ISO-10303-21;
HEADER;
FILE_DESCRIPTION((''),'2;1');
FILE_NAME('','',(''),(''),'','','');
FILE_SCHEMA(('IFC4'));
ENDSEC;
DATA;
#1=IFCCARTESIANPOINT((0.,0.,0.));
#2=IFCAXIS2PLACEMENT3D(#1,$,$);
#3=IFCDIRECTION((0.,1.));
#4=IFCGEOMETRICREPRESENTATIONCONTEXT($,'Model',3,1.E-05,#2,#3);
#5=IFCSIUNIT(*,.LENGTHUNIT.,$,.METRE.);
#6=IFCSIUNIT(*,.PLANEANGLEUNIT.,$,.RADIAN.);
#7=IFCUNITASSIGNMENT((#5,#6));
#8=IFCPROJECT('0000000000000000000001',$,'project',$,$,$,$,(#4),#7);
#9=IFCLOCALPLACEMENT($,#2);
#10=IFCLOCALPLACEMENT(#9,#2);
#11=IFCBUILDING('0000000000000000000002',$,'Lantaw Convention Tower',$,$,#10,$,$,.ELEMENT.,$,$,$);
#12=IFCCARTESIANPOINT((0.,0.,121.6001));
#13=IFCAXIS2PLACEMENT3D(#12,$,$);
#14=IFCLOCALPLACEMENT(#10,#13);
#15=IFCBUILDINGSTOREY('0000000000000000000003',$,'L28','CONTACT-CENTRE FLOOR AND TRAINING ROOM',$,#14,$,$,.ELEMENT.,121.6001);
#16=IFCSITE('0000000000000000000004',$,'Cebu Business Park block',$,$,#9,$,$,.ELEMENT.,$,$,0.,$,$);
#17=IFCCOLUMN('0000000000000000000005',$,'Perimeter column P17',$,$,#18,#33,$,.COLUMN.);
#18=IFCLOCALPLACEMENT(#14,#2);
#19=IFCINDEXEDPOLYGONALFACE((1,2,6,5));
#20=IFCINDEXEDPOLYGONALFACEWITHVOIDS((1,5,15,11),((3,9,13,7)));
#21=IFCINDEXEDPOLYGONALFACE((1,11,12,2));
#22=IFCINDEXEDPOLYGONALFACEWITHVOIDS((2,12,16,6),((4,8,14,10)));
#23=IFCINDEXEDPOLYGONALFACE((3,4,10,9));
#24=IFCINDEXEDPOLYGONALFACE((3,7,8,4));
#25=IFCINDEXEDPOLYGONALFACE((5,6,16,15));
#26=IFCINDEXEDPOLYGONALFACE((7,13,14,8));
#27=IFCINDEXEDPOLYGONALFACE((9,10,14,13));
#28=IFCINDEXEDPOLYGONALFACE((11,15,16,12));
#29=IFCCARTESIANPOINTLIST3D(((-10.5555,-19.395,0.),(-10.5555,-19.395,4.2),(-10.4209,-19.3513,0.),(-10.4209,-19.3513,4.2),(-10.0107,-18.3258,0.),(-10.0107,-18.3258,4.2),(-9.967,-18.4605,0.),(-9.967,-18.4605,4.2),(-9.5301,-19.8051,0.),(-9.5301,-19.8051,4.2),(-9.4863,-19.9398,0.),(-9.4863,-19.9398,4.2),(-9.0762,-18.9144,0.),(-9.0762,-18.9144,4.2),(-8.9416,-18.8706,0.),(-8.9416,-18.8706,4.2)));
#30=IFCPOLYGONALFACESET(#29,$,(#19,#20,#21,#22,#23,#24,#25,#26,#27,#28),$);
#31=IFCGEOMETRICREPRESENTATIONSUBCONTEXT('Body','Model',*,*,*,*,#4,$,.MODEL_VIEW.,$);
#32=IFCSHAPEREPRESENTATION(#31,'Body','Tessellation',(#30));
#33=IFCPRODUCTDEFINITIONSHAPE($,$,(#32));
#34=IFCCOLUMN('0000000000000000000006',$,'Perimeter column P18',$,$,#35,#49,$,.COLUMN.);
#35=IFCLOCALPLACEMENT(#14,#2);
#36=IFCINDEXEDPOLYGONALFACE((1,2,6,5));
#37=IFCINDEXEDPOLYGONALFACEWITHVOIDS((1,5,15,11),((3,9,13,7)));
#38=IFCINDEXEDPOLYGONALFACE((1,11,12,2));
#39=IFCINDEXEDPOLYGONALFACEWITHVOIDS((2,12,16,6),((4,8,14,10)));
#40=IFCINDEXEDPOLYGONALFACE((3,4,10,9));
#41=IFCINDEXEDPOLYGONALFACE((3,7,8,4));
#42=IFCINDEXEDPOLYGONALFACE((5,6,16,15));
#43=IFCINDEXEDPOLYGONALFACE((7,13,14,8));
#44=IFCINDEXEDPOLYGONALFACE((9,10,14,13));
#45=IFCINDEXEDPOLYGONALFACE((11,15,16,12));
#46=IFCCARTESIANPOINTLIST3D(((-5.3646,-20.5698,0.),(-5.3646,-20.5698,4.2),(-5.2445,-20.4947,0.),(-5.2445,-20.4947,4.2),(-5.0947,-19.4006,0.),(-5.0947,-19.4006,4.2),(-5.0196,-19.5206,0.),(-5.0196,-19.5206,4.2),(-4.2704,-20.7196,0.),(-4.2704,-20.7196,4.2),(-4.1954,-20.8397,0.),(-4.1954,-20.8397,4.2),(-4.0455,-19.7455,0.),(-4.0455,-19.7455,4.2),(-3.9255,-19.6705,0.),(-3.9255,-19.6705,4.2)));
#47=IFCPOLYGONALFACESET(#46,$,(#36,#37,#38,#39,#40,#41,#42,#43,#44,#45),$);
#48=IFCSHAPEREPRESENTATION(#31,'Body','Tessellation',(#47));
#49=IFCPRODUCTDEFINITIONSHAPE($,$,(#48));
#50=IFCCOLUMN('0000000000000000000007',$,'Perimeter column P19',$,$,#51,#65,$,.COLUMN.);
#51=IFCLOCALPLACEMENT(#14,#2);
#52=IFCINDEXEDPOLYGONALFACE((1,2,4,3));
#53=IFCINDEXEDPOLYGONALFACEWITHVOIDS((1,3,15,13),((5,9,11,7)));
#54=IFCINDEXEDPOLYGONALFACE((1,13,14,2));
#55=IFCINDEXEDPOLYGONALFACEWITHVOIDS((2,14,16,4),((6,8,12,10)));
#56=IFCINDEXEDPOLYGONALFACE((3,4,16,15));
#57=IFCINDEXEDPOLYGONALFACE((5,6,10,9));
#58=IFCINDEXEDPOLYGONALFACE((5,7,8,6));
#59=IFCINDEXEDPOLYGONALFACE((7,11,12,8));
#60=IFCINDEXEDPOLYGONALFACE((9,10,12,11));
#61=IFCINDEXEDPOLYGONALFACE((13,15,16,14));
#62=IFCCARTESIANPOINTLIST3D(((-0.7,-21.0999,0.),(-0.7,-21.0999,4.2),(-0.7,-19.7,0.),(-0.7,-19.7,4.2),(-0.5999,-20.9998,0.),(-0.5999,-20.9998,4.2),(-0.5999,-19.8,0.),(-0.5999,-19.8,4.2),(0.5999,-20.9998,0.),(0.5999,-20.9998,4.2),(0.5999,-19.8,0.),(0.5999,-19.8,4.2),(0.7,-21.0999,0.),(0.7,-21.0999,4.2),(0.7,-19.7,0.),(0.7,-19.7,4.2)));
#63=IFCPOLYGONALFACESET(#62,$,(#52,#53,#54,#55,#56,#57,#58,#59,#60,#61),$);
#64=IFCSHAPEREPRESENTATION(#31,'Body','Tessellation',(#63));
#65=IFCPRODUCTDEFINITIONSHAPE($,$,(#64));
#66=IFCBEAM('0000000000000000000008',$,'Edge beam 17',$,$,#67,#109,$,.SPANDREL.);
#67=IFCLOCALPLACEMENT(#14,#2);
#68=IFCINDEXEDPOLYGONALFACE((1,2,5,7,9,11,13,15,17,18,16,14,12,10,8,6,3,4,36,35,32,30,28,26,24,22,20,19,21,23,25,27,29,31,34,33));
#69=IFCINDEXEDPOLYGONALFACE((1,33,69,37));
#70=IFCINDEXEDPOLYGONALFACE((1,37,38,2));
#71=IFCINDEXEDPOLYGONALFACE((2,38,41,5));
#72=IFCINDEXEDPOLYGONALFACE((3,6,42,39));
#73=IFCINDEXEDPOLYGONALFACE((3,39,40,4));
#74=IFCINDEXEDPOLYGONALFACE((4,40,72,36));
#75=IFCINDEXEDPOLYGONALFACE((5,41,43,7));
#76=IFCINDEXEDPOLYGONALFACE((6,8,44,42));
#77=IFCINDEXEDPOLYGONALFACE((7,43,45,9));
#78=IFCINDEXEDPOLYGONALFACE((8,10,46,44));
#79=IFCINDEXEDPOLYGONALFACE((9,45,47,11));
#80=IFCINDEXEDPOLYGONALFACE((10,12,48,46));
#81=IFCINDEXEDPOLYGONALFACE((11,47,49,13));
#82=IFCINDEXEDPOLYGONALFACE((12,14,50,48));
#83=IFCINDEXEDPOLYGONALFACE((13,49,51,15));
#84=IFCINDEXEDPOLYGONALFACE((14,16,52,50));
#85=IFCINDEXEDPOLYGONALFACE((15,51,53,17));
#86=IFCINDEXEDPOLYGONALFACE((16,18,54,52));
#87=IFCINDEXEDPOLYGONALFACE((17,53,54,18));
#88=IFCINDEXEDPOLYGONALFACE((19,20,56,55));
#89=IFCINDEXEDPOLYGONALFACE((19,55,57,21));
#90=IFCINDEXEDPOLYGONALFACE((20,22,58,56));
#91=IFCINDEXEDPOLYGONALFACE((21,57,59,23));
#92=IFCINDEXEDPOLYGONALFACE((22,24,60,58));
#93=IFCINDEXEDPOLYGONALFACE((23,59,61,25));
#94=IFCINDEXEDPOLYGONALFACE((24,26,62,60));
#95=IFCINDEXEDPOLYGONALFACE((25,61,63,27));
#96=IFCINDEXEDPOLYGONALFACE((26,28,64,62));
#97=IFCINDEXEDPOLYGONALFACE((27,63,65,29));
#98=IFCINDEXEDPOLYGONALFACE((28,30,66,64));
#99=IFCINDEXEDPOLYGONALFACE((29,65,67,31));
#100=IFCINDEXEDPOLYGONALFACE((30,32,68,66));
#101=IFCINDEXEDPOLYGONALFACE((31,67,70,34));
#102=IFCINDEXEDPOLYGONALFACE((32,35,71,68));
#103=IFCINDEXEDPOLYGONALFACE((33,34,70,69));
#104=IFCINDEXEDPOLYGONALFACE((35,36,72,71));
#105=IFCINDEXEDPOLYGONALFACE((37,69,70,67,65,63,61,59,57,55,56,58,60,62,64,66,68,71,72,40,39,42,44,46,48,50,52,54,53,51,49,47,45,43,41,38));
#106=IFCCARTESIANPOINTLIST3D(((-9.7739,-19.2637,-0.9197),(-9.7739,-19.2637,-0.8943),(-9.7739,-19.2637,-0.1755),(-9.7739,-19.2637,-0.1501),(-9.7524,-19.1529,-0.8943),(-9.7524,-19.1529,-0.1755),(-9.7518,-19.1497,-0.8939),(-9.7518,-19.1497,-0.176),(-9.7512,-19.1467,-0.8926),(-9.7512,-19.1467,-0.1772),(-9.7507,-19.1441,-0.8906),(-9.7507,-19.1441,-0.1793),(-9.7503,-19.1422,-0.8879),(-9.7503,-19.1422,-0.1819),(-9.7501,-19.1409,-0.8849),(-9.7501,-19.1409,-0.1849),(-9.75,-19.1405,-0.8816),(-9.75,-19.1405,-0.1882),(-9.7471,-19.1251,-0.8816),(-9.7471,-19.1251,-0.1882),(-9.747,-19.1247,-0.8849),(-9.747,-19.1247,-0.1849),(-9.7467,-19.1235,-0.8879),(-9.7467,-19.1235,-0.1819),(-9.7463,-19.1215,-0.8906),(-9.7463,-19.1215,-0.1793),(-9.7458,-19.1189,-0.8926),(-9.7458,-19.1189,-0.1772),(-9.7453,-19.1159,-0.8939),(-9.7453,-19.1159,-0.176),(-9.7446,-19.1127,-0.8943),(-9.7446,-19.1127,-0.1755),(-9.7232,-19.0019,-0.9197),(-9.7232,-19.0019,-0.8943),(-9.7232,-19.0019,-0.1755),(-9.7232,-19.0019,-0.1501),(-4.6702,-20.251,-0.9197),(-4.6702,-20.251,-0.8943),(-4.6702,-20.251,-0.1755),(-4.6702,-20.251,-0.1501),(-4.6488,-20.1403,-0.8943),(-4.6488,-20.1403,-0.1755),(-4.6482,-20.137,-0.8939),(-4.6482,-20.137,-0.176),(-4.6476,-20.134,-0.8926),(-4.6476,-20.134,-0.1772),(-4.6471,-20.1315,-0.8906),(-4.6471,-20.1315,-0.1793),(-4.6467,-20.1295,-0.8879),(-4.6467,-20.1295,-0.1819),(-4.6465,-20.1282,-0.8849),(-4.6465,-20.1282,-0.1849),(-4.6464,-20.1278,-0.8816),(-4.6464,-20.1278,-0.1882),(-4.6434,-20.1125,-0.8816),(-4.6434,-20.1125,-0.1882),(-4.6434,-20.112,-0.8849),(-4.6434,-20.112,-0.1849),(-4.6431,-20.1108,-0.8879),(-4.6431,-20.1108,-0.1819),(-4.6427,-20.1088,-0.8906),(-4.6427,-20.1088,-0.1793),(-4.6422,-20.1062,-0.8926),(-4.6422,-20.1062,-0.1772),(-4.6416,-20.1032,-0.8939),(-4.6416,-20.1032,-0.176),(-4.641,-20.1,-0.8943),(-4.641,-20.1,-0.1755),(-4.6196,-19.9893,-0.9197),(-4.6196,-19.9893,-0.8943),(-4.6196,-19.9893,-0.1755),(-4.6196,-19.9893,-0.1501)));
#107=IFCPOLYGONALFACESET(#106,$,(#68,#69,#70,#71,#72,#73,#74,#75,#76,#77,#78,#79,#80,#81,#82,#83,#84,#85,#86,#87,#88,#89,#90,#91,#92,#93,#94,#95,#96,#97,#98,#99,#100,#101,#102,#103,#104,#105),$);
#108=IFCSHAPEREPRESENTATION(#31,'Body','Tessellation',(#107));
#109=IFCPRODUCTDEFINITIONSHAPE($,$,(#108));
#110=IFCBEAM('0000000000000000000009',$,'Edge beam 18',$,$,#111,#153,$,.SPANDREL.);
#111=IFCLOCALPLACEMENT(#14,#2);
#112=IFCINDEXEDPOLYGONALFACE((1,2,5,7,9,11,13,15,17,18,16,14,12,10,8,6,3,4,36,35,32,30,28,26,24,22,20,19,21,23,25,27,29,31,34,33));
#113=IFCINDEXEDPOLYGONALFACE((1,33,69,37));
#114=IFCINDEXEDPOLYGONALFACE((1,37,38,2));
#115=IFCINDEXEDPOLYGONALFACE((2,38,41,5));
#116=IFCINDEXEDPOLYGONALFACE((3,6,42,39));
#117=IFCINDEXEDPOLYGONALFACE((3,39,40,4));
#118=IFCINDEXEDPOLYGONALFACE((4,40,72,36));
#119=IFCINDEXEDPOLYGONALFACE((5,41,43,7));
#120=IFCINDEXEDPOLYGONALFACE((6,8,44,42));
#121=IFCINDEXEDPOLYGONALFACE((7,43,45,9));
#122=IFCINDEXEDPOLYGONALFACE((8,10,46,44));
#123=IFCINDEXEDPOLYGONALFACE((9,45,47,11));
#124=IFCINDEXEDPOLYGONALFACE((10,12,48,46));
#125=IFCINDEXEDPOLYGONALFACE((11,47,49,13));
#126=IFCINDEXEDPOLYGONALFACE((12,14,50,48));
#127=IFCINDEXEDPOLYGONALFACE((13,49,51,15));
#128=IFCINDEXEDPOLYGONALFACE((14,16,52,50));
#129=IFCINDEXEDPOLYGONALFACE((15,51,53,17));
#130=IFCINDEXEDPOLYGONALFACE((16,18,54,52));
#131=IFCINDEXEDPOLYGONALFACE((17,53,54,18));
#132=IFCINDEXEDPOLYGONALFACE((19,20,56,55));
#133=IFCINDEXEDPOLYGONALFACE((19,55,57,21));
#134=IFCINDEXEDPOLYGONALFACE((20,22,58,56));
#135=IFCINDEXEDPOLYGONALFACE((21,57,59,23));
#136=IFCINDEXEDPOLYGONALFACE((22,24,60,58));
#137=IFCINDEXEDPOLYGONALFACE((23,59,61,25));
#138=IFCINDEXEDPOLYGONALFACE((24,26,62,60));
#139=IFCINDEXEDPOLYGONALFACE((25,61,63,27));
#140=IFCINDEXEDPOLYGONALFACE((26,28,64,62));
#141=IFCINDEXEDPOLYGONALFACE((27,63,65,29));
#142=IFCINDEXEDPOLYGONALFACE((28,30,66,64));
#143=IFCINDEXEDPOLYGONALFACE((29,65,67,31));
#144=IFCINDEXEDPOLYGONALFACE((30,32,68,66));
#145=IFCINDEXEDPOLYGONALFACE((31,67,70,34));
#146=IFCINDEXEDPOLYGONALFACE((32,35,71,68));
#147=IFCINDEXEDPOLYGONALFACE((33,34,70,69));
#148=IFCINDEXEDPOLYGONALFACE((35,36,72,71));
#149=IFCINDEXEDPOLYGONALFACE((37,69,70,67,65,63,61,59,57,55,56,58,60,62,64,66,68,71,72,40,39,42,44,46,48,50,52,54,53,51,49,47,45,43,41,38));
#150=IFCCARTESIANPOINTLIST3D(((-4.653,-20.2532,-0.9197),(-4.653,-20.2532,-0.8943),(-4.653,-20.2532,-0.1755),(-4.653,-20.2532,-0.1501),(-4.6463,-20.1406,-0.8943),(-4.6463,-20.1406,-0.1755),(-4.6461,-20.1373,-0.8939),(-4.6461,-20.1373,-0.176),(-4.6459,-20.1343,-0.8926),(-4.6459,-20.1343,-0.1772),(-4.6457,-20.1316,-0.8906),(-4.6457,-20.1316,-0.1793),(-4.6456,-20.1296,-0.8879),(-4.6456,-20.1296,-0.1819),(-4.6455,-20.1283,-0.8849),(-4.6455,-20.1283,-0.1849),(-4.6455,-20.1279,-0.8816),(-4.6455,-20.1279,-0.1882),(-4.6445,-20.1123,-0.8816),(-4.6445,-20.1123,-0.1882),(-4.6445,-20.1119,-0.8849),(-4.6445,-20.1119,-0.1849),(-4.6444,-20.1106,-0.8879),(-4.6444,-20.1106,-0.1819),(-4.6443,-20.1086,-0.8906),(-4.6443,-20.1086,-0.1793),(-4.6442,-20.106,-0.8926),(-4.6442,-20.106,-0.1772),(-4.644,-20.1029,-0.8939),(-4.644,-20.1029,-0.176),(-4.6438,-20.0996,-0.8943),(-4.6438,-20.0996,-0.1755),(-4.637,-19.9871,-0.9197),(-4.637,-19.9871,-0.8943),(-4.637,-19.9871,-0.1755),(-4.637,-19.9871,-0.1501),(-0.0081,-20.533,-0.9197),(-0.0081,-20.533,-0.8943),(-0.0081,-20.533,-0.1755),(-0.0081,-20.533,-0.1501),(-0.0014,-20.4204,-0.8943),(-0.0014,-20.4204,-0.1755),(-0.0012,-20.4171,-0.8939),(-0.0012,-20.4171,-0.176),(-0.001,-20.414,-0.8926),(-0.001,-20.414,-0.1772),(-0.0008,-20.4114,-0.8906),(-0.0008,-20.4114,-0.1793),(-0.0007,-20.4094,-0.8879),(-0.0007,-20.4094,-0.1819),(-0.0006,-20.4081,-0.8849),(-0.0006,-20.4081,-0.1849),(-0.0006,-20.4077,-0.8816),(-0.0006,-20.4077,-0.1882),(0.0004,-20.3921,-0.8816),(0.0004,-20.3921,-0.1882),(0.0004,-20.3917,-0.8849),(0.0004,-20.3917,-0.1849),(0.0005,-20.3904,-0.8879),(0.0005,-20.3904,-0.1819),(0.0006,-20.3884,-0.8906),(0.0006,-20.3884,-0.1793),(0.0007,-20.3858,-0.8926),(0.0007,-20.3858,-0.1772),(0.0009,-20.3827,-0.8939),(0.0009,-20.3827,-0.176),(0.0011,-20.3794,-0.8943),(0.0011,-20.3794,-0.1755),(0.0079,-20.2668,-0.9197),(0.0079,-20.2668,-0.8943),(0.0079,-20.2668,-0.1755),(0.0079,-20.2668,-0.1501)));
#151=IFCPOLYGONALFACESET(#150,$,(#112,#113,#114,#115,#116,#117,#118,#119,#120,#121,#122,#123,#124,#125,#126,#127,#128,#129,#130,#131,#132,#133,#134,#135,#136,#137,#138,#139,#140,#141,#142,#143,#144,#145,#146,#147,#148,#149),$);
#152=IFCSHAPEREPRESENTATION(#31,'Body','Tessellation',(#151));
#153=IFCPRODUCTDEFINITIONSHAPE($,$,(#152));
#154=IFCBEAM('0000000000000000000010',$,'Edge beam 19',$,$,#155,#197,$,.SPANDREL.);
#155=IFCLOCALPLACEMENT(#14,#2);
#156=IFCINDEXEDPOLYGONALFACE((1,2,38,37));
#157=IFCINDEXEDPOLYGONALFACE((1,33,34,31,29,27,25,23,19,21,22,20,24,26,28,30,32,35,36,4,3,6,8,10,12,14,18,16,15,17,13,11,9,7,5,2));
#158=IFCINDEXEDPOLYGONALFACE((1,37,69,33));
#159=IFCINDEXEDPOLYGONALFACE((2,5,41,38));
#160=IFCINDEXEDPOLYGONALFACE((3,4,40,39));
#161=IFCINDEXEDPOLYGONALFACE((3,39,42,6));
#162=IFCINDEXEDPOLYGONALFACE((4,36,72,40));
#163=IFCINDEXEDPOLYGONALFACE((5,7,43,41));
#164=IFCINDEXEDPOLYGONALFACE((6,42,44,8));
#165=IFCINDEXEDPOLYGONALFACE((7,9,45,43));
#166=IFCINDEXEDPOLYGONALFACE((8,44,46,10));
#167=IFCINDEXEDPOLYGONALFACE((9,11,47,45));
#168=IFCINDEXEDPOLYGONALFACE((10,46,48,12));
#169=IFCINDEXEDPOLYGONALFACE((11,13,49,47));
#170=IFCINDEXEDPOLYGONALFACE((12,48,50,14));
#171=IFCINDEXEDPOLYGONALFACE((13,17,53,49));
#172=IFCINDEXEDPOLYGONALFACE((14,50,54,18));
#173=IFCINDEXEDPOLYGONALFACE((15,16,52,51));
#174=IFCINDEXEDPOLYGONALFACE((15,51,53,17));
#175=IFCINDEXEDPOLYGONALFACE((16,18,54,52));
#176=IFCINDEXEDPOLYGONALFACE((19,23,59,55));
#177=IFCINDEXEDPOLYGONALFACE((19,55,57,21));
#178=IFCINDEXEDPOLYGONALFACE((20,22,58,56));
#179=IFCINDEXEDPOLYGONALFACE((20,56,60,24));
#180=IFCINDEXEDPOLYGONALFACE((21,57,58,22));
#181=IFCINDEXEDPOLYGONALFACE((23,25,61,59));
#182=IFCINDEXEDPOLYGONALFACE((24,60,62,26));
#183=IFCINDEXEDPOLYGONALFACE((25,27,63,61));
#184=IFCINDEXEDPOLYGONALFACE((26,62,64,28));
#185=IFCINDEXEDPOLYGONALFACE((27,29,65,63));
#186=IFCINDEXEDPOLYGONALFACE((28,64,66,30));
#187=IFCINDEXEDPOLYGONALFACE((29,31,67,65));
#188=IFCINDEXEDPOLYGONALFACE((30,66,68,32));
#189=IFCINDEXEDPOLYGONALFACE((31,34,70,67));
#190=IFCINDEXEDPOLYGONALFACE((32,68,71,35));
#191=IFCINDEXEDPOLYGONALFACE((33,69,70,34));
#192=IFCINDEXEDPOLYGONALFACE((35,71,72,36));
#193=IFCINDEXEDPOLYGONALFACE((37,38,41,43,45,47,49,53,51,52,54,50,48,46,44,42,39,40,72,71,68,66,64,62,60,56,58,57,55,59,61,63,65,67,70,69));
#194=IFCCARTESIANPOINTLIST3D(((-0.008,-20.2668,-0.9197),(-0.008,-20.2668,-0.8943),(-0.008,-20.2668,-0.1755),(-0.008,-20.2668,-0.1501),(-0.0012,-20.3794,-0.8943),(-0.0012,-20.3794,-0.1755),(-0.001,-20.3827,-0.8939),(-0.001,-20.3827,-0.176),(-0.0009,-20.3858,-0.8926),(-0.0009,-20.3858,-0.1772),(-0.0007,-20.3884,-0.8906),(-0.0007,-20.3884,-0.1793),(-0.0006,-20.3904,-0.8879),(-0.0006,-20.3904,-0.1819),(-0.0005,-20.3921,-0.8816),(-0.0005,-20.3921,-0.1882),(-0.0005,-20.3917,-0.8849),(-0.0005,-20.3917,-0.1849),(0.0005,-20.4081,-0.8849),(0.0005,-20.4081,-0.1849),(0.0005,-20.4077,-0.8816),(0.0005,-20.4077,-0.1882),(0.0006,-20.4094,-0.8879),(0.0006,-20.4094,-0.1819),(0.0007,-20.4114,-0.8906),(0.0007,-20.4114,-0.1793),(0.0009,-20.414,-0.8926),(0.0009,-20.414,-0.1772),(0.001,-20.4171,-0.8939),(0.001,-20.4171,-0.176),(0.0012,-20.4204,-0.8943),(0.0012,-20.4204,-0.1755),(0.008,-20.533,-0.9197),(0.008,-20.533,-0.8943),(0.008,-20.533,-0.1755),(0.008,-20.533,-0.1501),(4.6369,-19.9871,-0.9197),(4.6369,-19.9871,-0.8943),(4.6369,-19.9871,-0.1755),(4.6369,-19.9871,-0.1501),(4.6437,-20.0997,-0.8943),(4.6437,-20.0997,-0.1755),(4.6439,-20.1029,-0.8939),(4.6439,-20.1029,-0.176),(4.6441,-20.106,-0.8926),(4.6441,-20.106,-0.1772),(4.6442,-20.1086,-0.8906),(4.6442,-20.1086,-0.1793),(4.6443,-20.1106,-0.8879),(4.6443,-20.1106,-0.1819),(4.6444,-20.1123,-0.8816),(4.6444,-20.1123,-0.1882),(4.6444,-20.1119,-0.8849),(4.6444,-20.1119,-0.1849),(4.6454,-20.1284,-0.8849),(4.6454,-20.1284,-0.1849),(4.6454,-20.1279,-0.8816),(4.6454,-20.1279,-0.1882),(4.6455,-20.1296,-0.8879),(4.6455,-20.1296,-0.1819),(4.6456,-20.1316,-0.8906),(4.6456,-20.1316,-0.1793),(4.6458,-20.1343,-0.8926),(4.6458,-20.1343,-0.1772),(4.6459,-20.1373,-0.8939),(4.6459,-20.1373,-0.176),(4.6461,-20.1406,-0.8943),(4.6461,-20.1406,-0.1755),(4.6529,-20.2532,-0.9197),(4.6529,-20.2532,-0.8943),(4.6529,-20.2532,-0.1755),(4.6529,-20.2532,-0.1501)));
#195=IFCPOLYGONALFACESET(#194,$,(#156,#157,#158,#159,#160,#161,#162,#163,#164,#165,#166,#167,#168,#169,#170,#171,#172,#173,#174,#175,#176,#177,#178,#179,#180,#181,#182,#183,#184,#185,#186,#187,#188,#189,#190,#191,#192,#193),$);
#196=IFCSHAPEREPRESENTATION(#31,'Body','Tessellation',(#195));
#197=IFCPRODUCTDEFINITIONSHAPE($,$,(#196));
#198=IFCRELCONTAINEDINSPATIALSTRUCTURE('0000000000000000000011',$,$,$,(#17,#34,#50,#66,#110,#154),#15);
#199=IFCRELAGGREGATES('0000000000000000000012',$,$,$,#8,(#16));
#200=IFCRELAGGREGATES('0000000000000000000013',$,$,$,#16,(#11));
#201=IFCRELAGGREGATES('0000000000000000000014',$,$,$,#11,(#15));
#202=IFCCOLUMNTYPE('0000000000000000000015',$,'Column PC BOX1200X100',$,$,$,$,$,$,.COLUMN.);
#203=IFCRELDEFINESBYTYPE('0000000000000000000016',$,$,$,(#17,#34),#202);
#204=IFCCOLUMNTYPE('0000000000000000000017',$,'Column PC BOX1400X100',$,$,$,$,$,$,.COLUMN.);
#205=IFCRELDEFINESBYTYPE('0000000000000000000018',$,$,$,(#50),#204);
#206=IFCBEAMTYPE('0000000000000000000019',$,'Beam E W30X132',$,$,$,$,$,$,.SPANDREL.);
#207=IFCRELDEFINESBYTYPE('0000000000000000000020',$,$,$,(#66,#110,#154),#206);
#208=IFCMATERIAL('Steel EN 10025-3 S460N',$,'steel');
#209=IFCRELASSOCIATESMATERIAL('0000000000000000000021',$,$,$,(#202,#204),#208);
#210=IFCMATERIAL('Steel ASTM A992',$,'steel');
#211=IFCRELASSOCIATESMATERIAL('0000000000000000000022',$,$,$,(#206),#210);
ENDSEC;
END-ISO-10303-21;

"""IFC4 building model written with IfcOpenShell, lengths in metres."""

from ifc_helpers import new_model, si_unit, direction, frame, origin, origin_2d, place, context, subcontext, project, spatial, rectangle, hollow_rectangle, i_section, extrude, material, material_profile, profile_set, type_object, element, save


model = new_model("IFC4")

# Units and contexts
model_context = context("Model", 3, precision=1e-05, world=origin(), true_north=direction((0.0, 1.0)))
body_context = subcontext(model_context, "Body", "Model", "MODEL_VIEW")
ifc_project = project(units=[si_unit("LENGTHUNIT", "METRE"), si_unit("PLANEANGLEUNIT", "RADIAN")], contexts=[model_context])

# Site, building, storey
site_placement = place(None, origin())
site = spatial("IfcSite", under=ifc_project, at=site_placement, Name="Cebu Business Park block", CompositionType="ELEMENT", RefElevation=0.0)
building_placement = place(site_placement, origin())
building = spatial("IfcBuilding", under=site, at=building_placement, Name="Lantaw Convention Tower", CompositionType="ELEMENT")
storey_placement = place(building_placement, frame((0.0, 0.0, 121.6001)))
storey = spatial("IfcBuildingStorey", under=building, at=storey_placement, Name="L28", Description="CONTACT-CENTRE FLOOR AND TRAINING ROOM", CompositionType="ELEMENT", Elevation=121.6001)

# Columns
ifc_material_1 = material(Name="Steel EN 10025-3 S460N", Category="steel")
ifc_material_profile_1 = material_profile(ifc_material_1, hollow_rectangle(XDim=1.2, YDim=1.2, WallThickness=0.1001, at=origin_2d()), Name="BOX1200X100")
ifc_material_2 = material(Name="Concrete C60/75", Category="concrete")
ifc_material_profile_2 = material_profile(ifc_material_2, rectangle(XDim=1.0, YDim=1.0, at=origin_2d()), Name="Concrete fill of BOX1200X100")
ifc_profile_set_1 = profile_set([ifc_material_profile_1, ifc_material_profile_2], Name="Steel EN 10025-3 S460N")
column_type_1 = type_object("IfcColumnType", Name="Column PC BOX1200X100", PredefinedType="COLUMN", material=ifc_profile_set_1)
for number, where, z_axis, x_axis, name in (
    (1, (-9.7485, -19.1328, 0.0), (0.0, 0.0, 1.0), (0.45399, 0.891007, 0.0), "Perimeter column P17"),
    (2, (-4.645, -20.1201, 0.0), (0.0, 0.0, 1.0), (0.224951, 0.97437, 0.0), "Perimeter column P18"),
):
    element("IfcColumn", number, at=place(storey_placement, frame(where, z_axis=z_axis, x_axis=x_axis)), inside=storey, type_object=column_type_1, Name=name, PredefinedType="COLUMN", context=body_context, shape_type="SweptSolid", body=[
        extrude(hollow_rectangle(XDim=1.2, YDim=1.2, WallThickness=0.1001, at=origin_2d()), origin(), (0.0, 0.0, 1.0), 4.2),
    ])
ifc_material_profile_3 = material_profile(ifc_material_1, hollow_rectangle(XDim=1.3999, YDim=1.3999, WallThickness=0.1001, at=origin_2d()), Name="BOX1400X100")
ifc_material_profile_4 = material_profile(ifc_material_2, rectangle(XDim=1.2, YDim=1.2, at=origin_2d()), Name="Concrete fill of BOX1400X100")
ifc_profile_set_2 = profile_set([ifc_material_profile_3, ifc_material_profile_4], Name="Steel EN 10025-3 S460N")
column_type_2 = type_object("IfcColumnType", Name="Column PC BOX1400X100", PredefinedType="COLUMN", material=ifc_profile_set_2)
column_placement = place(storey_placement, frame((0.0, -20.3999, 0.0), z_axis=(0.0, 0.0, 1.0), x_axis=(1.0, 0.0, 0.0)))
element("IfcColumn", 3, at=column_placement, inside=storey, type_object=column_type_2, Name="Perimeter column P19", PredefinedType="COLUMN", context=body_context, shape_type="SweptSolid", body=[
    extrude(hollow_rectangle(XDim=1.3999, YDim=1.3999, WallThickness=0.1001, at=origin_2d()), origin(), (0.0, 0.0, 1.0), 4.2),
])

# Beams
ifc_material_3 = material(Name="Steel ASTM A992", Category="steel")
ifc_material_profile_5 = material_profile(ifc_material_3, i_section(OverallWidth=0.2666, OverallDepth=0.7695, WebThickness=0.0156, FlangeThickness=0.0254, FilletRadius=0.0127, at=origin_2d()), Name="W30X132")
ifc_profile_set_3 = profile_set([ifc_material_profile_5], Name="Steel ASTM A992")
beam_type_1 = type_object("IfcBeamType", Name="Beam E W30X132", PredefinedType="SPANDREL", material=ifc_profile_set_3)
beam_1_placement = place(storey_placement, frame((-9.7485, -19.1328, -0.5349), z_axis=(0.981797, -0.189934, 0.0), x_axis=(0.189934, 0.981797, 0.0)))
element("IfcBeam", 4, at=beam_1_placement, inside=storey, type_object=beam_type_1, Name="Edge beam 17", PredefinedType="SPANDREL", context=body_context, shape_type="SweptSolid", body=[
    extrude(i_section(OverallWidth=0.2666, OverallDepth=0.7695, WebThickness=0.0156, FlangeThickness=0.0254, FilletRadius=0.0127, at=origin_2d()), origin(), (0.0, 0.0, 1.0), 5.1982),
])
for number, where, z_axis, x_axis, name in (
    (5, (-4.645, -20.1201, -0.5349), (0.998191, -0.060124, 0.0), (0.060124, 0.998191, 0.0), "Edge beam 18"),
    (6, (0.0, -20.3999, -0.5349), (0.998191, 0.060124, 0.0), (-0.060124, 0.998191, 0.0), "Edge beam 19"),
):
    element("IfcBeam", number, at=place(storey_placement, frame(where, z_axis=z_axis, x_axis=x_axis)), inside=storey, type_object=beam_type_1, Name=name, PredefinedType="SPANDREL", context=body_context, shape_type="SweptSolid", body=[
        extrude(i_section(OverallWidth=0.2666, OverallDepth=0.7695, WebThickness=0.0156, FlangeThickness=0.0254, FilletRadius=0.0127, at=origin_2d()), origin(), (0.0, 0.0, 1.0), 4.6533),
    ])

save(model, "model.ifc")
